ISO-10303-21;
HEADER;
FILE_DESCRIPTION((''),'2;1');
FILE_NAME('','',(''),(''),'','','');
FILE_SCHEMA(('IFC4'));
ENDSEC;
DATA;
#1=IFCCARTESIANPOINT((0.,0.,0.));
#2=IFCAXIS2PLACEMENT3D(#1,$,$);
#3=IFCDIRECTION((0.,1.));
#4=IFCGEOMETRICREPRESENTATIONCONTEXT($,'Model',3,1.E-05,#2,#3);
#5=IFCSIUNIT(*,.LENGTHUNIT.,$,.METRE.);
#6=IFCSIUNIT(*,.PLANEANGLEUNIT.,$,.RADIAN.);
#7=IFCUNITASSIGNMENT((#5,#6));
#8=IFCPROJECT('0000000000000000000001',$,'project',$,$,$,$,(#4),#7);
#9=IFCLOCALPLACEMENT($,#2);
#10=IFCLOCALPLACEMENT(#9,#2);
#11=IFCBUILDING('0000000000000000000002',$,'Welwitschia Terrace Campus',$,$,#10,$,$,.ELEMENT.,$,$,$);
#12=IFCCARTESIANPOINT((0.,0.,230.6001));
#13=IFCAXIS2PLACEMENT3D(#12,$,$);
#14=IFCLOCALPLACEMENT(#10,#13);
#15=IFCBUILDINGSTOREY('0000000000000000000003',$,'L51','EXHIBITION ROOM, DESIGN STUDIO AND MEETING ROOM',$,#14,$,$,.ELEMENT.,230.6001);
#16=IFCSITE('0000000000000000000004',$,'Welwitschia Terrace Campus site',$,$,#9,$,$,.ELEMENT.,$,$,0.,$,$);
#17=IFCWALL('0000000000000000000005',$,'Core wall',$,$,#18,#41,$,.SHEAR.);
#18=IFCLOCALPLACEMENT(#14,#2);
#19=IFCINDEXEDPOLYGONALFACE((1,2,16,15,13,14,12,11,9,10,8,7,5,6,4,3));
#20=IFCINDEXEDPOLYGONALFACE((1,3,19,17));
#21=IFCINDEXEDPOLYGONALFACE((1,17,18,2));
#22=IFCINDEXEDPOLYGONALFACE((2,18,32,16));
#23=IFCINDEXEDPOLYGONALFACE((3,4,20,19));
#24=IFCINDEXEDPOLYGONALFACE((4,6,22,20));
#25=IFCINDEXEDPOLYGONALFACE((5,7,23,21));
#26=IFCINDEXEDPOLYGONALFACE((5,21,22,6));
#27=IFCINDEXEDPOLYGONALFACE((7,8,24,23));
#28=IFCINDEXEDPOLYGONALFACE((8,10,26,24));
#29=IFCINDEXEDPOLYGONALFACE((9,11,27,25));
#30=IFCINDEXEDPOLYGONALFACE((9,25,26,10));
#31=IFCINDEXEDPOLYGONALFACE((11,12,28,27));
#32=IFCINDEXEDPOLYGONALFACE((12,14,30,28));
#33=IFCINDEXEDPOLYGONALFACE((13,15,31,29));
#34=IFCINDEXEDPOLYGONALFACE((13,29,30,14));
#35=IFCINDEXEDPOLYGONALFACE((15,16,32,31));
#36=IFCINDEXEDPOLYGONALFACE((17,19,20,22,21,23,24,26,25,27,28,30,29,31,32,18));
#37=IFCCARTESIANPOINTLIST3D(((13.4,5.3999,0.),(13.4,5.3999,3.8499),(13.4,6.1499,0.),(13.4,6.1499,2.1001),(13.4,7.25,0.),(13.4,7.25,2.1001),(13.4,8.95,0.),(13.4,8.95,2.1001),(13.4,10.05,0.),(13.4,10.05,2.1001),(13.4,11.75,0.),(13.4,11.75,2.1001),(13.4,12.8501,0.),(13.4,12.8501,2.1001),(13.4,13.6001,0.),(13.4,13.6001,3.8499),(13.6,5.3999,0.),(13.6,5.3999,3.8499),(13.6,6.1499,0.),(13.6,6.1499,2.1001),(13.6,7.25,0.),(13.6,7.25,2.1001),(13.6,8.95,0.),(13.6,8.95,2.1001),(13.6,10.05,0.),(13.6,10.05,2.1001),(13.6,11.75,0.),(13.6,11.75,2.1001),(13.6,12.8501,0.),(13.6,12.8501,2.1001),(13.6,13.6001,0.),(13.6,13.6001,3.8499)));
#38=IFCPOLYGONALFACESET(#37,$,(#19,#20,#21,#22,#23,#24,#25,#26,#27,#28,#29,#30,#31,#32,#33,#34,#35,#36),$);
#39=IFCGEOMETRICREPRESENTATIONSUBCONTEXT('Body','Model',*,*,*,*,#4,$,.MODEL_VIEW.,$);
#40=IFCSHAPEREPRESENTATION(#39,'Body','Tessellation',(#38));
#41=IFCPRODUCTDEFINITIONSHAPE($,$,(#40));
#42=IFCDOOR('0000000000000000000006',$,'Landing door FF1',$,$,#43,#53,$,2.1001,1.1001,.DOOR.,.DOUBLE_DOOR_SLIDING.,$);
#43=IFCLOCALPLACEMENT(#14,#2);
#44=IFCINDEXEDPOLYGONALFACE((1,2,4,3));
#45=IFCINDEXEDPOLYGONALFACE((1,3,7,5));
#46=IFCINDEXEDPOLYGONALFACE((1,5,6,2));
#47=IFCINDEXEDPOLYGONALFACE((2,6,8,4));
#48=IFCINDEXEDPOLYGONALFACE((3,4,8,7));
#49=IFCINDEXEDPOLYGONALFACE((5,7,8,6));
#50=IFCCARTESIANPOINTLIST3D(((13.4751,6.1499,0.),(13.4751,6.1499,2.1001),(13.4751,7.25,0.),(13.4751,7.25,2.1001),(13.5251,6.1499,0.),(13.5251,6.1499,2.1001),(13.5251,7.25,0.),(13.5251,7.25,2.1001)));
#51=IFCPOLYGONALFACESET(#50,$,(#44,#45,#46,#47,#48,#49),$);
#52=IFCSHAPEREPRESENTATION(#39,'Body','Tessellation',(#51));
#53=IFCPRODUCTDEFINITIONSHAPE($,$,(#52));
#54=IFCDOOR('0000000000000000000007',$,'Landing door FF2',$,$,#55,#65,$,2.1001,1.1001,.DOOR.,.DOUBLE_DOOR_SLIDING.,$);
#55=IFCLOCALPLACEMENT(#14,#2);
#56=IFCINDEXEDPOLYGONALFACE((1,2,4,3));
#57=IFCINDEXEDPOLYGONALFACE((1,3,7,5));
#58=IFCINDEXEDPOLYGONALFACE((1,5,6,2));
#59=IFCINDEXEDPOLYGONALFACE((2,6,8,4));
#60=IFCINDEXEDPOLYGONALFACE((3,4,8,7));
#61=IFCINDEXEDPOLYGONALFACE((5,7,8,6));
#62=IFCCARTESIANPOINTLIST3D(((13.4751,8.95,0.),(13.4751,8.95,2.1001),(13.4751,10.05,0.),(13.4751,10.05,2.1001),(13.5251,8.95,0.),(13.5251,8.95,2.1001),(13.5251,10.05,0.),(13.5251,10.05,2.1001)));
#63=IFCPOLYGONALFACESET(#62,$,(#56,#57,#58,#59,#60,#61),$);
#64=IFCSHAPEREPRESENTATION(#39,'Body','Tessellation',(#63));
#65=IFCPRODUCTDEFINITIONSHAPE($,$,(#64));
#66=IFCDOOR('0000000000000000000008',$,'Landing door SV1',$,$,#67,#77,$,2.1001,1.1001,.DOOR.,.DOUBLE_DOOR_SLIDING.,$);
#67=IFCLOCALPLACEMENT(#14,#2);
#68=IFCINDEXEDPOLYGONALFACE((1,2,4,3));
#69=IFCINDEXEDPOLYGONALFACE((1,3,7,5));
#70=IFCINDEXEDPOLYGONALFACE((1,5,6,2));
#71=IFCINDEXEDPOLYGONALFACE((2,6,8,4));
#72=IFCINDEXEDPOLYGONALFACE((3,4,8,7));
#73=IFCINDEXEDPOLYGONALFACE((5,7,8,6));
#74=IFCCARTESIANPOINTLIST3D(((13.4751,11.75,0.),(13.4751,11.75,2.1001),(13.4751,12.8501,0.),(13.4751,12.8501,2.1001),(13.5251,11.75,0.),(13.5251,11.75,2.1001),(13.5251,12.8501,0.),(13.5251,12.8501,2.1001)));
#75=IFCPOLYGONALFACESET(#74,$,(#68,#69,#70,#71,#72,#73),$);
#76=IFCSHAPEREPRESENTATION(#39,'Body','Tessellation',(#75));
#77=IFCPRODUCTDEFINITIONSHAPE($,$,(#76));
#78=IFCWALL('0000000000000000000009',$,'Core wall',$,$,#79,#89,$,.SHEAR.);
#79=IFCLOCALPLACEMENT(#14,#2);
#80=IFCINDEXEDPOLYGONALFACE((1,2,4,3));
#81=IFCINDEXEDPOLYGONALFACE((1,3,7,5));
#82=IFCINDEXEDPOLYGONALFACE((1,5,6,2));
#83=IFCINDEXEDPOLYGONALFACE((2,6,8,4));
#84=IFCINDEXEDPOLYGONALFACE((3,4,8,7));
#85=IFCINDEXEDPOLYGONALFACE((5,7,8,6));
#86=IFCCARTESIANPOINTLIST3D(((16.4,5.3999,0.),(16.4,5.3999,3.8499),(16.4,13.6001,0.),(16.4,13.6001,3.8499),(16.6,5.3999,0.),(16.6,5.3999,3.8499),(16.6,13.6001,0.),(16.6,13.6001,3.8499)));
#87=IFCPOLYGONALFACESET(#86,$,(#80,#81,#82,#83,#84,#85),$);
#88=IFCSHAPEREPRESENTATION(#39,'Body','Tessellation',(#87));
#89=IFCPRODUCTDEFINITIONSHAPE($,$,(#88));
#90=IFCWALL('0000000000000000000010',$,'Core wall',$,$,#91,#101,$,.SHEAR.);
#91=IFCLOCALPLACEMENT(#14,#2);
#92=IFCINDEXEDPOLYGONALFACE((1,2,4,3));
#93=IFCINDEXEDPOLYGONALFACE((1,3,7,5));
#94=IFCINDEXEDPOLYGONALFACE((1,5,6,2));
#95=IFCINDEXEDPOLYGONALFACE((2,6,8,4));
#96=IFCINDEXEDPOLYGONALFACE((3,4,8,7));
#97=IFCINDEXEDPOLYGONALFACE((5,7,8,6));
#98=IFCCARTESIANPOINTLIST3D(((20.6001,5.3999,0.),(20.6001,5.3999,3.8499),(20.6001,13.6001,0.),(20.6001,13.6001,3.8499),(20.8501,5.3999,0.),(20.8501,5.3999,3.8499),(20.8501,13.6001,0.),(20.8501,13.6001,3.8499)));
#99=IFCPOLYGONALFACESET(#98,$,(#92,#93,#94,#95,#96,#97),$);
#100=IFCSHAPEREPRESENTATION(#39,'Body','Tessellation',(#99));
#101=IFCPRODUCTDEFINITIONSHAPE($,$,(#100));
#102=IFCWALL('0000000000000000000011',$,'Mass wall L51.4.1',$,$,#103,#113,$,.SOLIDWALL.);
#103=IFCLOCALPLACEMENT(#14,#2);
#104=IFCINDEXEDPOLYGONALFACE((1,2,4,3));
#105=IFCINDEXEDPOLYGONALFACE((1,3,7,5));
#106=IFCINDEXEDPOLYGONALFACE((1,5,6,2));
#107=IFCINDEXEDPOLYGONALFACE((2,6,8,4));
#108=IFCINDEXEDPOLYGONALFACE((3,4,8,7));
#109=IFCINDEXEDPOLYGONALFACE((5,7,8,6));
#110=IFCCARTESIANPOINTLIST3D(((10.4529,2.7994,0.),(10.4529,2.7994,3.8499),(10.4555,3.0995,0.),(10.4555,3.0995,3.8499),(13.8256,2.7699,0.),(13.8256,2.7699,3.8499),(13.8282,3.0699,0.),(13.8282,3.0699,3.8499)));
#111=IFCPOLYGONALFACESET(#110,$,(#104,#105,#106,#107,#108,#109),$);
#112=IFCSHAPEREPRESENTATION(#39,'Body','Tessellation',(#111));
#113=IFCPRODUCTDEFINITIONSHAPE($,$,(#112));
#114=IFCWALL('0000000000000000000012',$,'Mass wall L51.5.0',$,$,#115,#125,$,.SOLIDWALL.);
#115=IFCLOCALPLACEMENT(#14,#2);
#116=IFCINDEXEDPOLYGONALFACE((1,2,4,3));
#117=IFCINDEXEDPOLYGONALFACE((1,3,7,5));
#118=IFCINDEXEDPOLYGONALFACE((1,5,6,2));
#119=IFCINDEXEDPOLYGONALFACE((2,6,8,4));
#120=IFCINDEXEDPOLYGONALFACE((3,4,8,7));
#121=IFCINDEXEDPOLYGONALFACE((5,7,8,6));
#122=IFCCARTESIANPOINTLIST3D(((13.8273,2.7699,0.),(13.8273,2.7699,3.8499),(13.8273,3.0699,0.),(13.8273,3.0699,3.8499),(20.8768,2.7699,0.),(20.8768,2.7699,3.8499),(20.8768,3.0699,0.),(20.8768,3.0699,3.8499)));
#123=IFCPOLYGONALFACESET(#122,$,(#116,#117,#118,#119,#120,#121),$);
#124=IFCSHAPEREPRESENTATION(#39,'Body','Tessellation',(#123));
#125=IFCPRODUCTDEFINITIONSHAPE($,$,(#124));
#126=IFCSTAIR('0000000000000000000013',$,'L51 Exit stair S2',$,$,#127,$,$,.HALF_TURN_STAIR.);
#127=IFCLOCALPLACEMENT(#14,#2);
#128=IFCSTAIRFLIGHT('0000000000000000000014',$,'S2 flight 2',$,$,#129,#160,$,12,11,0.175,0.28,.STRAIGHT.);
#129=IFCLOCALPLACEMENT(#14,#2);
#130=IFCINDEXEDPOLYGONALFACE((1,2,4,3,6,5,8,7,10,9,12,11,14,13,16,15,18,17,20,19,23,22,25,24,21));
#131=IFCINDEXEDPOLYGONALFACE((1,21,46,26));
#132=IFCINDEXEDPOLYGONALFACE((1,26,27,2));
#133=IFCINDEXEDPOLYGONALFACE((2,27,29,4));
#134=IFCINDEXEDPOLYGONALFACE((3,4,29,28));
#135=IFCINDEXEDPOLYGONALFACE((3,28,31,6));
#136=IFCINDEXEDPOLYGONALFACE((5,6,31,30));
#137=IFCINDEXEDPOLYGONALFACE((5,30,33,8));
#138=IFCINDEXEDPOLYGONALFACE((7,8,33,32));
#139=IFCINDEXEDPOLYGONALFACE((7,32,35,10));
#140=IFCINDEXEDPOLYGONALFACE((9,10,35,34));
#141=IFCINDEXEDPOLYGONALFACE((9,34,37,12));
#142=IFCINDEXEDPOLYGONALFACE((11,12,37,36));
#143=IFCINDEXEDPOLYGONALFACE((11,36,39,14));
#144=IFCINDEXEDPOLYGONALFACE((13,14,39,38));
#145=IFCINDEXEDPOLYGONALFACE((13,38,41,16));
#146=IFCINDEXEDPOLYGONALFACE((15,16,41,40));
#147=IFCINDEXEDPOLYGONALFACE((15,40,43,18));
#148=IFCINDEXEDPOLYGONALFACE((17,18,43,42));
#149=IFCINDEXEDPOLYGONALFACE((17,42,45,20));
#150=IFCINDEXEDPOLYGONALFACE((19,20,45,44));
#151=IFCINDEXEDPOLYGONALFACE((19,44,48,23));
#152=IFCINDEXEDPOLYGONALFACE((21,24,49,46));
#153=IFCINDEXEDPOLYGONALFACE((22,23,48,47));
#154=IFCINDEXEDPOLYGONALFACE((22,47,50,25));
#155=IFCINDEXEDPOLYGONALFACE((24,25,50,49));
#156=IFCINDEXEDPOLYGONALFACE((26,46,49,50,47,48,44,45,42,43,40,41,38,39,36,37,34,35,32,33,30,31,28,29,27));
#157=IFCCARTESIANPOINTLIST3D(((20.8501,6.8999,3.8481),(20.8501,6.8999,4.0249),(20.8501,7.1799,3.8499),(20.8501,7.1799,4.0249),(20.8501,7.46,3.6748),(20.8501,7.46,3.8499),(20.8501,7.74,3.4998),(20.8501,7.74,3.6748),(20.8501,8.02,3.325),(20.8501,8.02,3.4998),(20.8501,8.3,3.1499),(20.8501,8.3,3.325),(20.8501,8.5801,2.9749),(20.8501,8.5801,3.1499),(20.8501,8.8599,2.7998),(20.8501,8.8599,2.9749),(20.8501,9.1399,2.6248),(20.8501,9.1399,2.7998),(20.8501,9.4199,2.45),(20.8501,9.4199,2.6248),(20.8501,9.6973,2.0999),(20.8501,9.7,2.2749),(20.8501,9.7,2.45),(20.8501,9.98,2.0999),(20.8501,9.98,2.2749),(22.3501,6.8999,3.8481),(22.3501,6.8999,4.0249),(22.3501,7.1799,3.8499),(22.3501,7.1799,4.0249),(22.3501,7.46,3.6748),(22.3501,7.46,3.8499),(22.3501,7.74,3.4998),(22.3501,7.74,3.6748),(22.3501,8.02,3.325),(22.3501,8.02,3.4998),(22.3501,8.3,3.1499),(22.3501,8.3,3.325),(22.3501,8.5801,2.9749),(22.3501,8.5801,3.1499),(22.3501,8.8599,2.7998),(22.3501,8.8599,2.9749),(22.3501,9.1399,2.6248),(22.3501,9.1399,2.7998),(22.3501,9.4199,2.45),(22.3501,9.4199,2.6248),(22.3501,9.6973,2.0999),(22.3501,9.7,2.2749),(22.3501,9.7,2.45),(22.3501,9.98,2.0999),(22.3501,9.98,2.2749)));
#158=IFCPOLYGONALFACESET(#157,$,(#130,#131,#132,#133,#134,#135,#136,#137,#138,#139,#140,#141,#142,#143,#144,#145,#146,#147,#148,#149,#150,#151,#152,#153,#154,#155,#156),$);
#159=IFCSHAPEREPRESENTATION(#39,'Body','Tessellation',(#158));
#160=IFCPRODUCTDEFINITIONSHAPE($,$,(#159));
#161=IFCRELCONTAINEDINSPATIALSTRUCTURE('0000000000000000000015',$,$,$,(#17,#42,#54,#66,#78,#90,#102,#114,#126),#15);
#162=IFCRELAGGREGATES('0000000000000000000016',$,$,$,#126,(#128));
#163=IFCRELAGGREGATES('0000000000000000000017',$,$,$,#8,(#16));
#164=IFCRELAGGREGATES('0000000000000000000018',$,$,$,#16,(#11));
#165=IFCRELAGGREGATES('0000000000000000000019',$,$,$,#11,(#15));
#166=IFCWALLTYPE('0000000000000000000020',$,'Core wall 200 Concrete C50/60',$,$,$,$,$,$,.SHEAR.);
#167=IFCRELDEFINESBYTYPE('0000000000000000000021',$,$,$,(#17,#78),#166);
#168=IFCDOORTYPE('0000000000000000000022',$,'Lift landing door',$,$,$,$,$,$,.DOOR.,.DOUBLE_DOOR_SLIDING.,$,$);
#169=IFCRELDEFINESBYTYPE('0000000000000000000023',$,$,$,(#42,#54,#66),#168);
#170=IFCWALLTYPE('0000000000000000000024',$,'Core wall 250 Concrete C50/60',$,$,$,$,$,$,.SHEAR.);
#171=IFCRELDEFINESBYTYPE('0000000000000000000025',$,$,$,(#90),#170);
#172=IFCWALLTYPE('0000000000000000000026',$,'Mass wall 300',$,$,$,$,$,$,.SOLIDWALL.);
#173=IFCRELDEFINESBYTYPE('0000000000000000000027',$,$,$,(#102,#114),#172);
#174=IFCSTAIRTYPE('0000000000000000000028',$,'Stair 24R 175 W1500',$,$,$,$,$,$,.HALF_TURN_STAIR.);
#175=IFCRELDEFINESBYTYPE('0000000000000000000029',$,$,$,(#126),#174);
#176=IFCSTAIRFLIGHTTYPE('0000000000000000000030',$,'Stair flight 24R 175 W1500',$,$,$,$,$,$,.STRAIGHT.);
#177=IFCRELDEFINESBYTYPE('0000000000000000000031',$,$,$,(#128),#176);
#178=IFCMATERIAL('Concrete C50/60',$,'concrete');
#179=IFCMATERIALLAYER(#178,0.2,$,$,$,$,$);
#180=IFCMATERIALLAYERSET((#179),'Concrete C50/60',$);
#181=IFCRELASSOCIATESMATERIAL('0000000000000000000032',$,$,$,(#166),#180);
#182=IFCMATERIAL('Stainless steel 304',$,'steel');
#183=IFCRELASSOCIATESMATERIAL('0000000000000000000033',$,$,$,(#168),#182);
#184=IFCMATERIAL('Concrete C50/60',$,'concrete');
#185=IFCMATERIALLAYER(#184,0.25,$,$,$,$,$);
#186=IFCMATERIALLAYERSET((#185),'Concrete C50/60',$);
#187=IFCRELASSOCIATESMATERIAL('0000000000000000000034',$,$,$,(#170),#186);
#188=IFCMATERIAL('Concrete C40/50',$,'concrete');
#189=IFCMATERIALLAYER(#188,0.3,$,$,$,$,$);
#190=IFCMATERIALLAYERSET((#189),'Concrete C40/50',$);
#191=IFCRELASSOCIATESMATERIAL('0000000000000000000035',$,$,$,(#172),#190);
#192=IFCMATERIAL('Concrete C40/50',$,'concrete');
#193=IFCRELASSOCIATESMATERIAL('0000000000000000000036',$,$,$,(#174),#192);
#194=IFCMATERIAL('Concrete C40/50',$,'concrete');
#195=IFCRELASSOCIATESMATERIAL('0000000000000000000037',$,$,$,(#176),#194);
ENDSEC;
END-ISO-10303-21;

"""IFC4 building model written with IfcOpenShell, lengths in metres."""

from ifc_helpers import new_model, si_unit, direction, frame, frame_2d, origin, place, context, subcontext, project, spatial, polyline, rectangle, outline, extrude, material, layer, layer_set, type_object, element, fill, aggregate, save


model = new_model("IFC4")

# Units and contexts
model_context = context("Model", 3, precision=1e-05, world=origin(), true_north=direction((0.0, 1.0)))
body_context = subcontext(model_context, "Body", "Model", "MODEL_VIEW")
ifc_project = project(units=[si_unit("LENGTHUNIT", "METRE"), si_unit("PLANEANGLEUNIT", "RADIAN")], contexts=[model_context])

# Site, building, storey
site_placement = place(None, origin())
site = spatial("IfcSite", under=ifc_project, at=site_placement, Name="Welwitschia Terrace Campus site", CompositionType="ELEMENT", RefElevation=0.0)
building_placement = place(site_placement, origin())
building = spatial("IfcBuilding", under=site, at=building_placement, Name="Welwitschia Terrace Campus", CompositionType="ELEMENT")
storey_placement = place(building_placement, frame((0.0, 0.0, 230.6001)))
storey = spatial("IfcBuildingStorey", under=building, at=storey_placement, Name="L51", Description="EXHIBITION ROOM, DESIGN STUDIO AND MEETING ROOM", CompositionType="ELEMENT", Elevation=230.6001)

# Shared definitions
ifc_material_1 = material(Name="Concrete C50/60", Category="concrete")
ifc_layer_1 = layer(ifc_material_1, 0.2)
ifc_layer_set_1 = layer_set([ifc_layer_1], Name="Concrete C50/60")
wall_type_1 = type_object("IfcWallType", Name="Core wall 200 Concrete C50/60", PredefinedType="SHEAR", material=ifc_layer_set_1)

# Wall, openings, doors
wall_1_placement = place(storey_placement, frame((13.5, 5.3999, 0.0), z_axis=(0.0, 0.0, 1.0), x_axis=(0.0, 1.0, 0.0)))
wall_1 = element("IfcWall", 1, at=wall_1_placement, inside=storey, type_object=wall_type_1, Name="Core wall", PredefinedType="SHEAR", context=body_context, shape_type="SweptSolid", body=[
    extrude(rectangle(XDim=8.2002, YDim=0.2, at=frame_2d((4.1001, 0.0))), origin(), (0.0, 0.0, 1.0), 3.8499),
])
opening_1_placement = place(wall_1_placement, frame((0.75, 0.0, 0.0)))
opening_1 = element("IfcOpeningElement", 2, at=opening_1_placement, cuts=wall_1, PredefinedType="OPENING", context=body_context, shape_type="SweptSolid", body=[
    extrude(rectangle(XDim=1.1001, YDim=2.1001, at=frame_2d((0.55, 1.05))), frame((0.0, 0.1099, 0.0), z_axis=(0.0, -1.0, 0.0), x_axis=(1.0, 0.0, 0.0)), (0.0, 0.0, 1.0), 0.22),
])
opening_2_placement = place(wall_1_placement, frame((3.55, 0.0, 0.0)))
opening_2 = element("IfcOpeningElement", 3, at=opening_2_placement, cuts=wall_1, PredefinedType="OPENING", context=body_context, shape_type="SweptSolid", body=[
    extrude(rectangle(XDim=1.1001, YDim=2.1001, at=frame_2d((0.55, 1.05))), frame((0.0, 0.1099, 0.0), z_axis=(0.0, -1.0, 0.0), x_axis=(1.0, 0.0, 0.0)), (0.0, 0.0, 1.0), 0.22),
])
opening_3_placement = place(wall_1_placement, frame((6.3501, 0.0, 0.0)))
opening_3 = element("IfcOpeningElement", 4, at=opening_3_placement, cuts=wall_1, PredefinedType="OPENING", context=body_context, shape_type="SweptSolid", body=[
    extrude(rectangle(XDim=1.1001, YDim=2.1001, at=frame_2d((0.55, 1.05))), frame((0.0, 0.1099, 0.0), z_axis=(0.0, -1.0, 0.0), x_axis=(1.0, 0.0, 0.0)), (0.0, 0.0, 1.0), 0.22),
])
ifc_material_2 = material(Name="Stainless steel 304", Category="steel")
door_type = type_object("IfcDoorType", Name="Lift landing door", OperationType="DOUBLE_DOOR_SLIDING", PredefinedType="DOOR", material=ifc_material_2)
door_1_placement = place(opening_1_placement, origin())
door_1 = element("IfcDoor", 5, at=door_1_placement, inside=storey, type_object=door_type, Name="Landing door FF1", OperationType="DOUBLE_DOOR_SLIDING", OverallHeight=2.1001, OverallWidth=1.1001, PredefinedType="DOOR", context=body_context, shape_type="SweptSolid", body=[
    extrude(rectangle(XDim=1.1001, YDim=2.1001, at=frame_2d((0.55, 1.05))), frame((0.0, 0.0249, 0.0), z_axis=(0.0, -1.0, 0.0), x_axis=(1.0, 0.0, 0.0)), (0.0, 0.0, 1.0), 0.05),
])
fill(opening_1, door_1)
door_2_placement = place(opening_2_placement, origin())
door_2 = element("IfcDoor", 6, at=door_2_placement, inside=storey, type_object=door_type, Name="Landing door FF2", OperationType="DOUBLE_DOOR_SLIDING", OverallHeight=2.1001, OverallWidth=1.1001, PredefinedType="DOOR", context=body_context, shape_type="SweptSolid", body=[
    extrude(rectangle(XDim=1.1001, YDim=2.1001, at=frame_2d((0.55, 1.05))), frame((0.0, 0.0249, 0.0), z_axis=(0.0, -1.0, 0.0), x_axis=(1.0, 0.0, 0.0)), (0.0, 0.0, 1.0), 0.05),
])
fill(opening_2, door_2)
door_3_placement = place(opening_3_placement, origin())
door_3 = element("IfcDoor", 7, at=door_3_placement, inside=storey, type_object=door_type, Name="Landing door SV1", OperationType="DOUBLE_DOOR_SLIDING", OverallHeight=2.1001, OverallWidth=1.1001, PredefinedType="DOOR", context=body_context, shape_type="SweptSolid", body=[
    extrude(rectangle(XDim=1.1001, YDim=2.1001, at=frame_2d((0.55, 1.05))), frame((0.0, 0.0249, 0.0), z_axis=(0.0, -1.0, 0.0), x_axis=(1.0, 0.0, 0.0)), (0.0, 0.0, 1.0), 0.05),
])
fill(opening_3, door_3)

# Walls
wall_2_placement = place(storey_placement, frame((16.5, 5.3999, 0.0), z_axis=(0.0, 0.0, 1.0), x_axis=(0.0, 1.0, 0.0)))
element("IfcWall", 8, at=wall_2_placement, inside=storey, type_object=wall_type_1, Name="Core wall", PredefinedType="SHEAR", context=body_context, shape_type="SweptSolid", body=[
    extrude(rectangle(XDim=8.2002, YDim=0.2, at=frame_2d((4.1001, 0.0))), origin(), (0.0, 0.0, 1.0), 3.8499),
])
ifc_material_3 = material(Name="Concrete C50/60", Category="concrete")
ifc_layer_2 = layer(ifc_material_3, 0.25)
ifc_layer_set_2 = layer_set([ifc_layer_2], Name="Concrete C50/60")
wall_type_2 = type_object("IfcWallType", Name="Core wall 250 Concrete C50/60", PredefinedType="SHEAR", material=ifc_layer_set_2)
wall_3_placement = place(storey_placement, frame((20.7251, 5.3999, 0.0), z_axis=(0.0, 0.0, 1.0), x_axis=(0.0, 1.0, 0.0)))
element("IfcWall", 9, at=wall_3_placement, inside=storey, type_object=wall_type_2, Name="Core wall", PredefinedType="SHEAR", context=body_context, shape_type="SweptSolid", body=[
    extrude(rectangle(XDim=8.2002, YDim=0.25, at=frame_2d((4.1001, 0.0))), origin(), (0.0, 0.0, 1.0), 3.8499),
])
ifc_material_4 = material(Name="Concrete C40/50", Category="concrete")
ifc_layer_3 = layer(ifc_material_4, 0.3)
ifc_layer_set_3 = layer_set([ifc_layer_3], Name="Concrete C40/50")
wall_type_3 = type_object("IfcWallType", Name="Mass wall 300", PredefinedType="SOLIDWALL", material=ifc_layer_set_3)
wall_4_placement = place(storey_placement, frame((10.4541, 2.9495, 0.0), z_axis=(0.0, 0.0, 1.0), x_axis=(0.999962, -0.008759, 0.0)))
element("IfcWall", 10, at=wall_4_placement, inside=storey, type_object=wall_type_3, Name="Mass wall L51.4.1", PredefinedType="SOLIDWALL", context=body_context, shape_type="SweptSolid", body=[
    extrude(rectangle(XDim=3.3728, YDim=0.3, at=frame_2d((1.6865, 0.0))), origin(), (0.0, 0.0, 1.0), 3.8499),
])
wall_5_placement = place(storey_placement, frame((13.8271, 2.9199, 0.0), z_axis=(0.0, 0.0, 1.0), x_axis=(1.0, 0.0, 0.0)))
element("IfcWall", 11, at=wall_5_placement, inside=storey, type_object=wall_type_3, Name="Mass wall L51.5.0", PredefinedType="SOLIDWALL", context=body_context, shape_type="SweptSolid", body=[
    extrude(rectangle(XDim=7.0496, YDim=0.3, at=frame_2d((3.5249, 0.0))), origin(), (0.0, 0.0, 1.0), 3.8499),
])

# Stair, stair flight
ifc_material_5 = material(Name="Concrete C40/50", Category="concrete")
stair_type = type_object("IfcStairType", Name="Stair 24R 175 W1500", PredefinedType="HALF_TURN_STAIR", material=ifc_material_5)
stair_placement = place(storey_placement, origin())
stair = element("IfcStair", 12, at=stair_placement, inside=storey, type_object=stair_type, Name="L51 Exit stair S2", PredefinedType="HALF_TURN_STAIR")
ifc_material_6 = material(Name="Concrete C40/50", Category="concrete")
stair_flight_type = type_object("IfcStairFlightType", Name="Stair flight 24R 175 W1500", PredefinedType="STRAIGHT", material=ifc_material_6)
stair_flight_placement = place(storey_placement, frame((21.6001, 9.98, 2.0999), z_axis=(0.0, 0.0, 1.0), x_axis=(0.0, -1.0, 0.0)))
stair_flight = element("IfcStairFlight", 13, at=stair_flight_placement, type_object=stair_flight_type, Name="S2 flight 2", NumberOfRisers=12, NumberOfTreads=11, PredefinedType="STRAIGHT", RiserHeight=0.175, TreadLength=0.28, context=body_context, shape_type="SweptSolid", body=[
    extrude(outline(polyline([(0.0, 0.0), (0.0, 0.175), (0.28, 0.175), (0.28, 0.3501), (0.5601, 0.3501), (0.5601, 0.5249), (0.8401, 0.5249), (0.8401, 0.7), (1.1201, 0.7), (1.1201, 0.875), (1.3999, 0.875), (1.3999, 1.05), (1.6799, 1.05), (1.6799, 1.2251), (1.96, 1.2251), (1.96, 1.3999), (2.24, 1.3999), (2.24, 1.575), (2.52, 1.575), (2.52, 1.75), (2.8, 1.75), (2.8, 1.925), (3.0801, 1.925), (3.0801, 2.1001), (3.0801, 1.7483), (0.2827, 0.0), (0.0, 0.0)])), frame((0.0, 0.75, 0.0), z_axis=(0.0, -1.0, 0.0), x_axis=(1.0, 0.0, 0.0)), (0.0, 0.0, 1.0), 1.5),
])
aggregate(stair, [stair_flight])

save(model, "model.ifc")
